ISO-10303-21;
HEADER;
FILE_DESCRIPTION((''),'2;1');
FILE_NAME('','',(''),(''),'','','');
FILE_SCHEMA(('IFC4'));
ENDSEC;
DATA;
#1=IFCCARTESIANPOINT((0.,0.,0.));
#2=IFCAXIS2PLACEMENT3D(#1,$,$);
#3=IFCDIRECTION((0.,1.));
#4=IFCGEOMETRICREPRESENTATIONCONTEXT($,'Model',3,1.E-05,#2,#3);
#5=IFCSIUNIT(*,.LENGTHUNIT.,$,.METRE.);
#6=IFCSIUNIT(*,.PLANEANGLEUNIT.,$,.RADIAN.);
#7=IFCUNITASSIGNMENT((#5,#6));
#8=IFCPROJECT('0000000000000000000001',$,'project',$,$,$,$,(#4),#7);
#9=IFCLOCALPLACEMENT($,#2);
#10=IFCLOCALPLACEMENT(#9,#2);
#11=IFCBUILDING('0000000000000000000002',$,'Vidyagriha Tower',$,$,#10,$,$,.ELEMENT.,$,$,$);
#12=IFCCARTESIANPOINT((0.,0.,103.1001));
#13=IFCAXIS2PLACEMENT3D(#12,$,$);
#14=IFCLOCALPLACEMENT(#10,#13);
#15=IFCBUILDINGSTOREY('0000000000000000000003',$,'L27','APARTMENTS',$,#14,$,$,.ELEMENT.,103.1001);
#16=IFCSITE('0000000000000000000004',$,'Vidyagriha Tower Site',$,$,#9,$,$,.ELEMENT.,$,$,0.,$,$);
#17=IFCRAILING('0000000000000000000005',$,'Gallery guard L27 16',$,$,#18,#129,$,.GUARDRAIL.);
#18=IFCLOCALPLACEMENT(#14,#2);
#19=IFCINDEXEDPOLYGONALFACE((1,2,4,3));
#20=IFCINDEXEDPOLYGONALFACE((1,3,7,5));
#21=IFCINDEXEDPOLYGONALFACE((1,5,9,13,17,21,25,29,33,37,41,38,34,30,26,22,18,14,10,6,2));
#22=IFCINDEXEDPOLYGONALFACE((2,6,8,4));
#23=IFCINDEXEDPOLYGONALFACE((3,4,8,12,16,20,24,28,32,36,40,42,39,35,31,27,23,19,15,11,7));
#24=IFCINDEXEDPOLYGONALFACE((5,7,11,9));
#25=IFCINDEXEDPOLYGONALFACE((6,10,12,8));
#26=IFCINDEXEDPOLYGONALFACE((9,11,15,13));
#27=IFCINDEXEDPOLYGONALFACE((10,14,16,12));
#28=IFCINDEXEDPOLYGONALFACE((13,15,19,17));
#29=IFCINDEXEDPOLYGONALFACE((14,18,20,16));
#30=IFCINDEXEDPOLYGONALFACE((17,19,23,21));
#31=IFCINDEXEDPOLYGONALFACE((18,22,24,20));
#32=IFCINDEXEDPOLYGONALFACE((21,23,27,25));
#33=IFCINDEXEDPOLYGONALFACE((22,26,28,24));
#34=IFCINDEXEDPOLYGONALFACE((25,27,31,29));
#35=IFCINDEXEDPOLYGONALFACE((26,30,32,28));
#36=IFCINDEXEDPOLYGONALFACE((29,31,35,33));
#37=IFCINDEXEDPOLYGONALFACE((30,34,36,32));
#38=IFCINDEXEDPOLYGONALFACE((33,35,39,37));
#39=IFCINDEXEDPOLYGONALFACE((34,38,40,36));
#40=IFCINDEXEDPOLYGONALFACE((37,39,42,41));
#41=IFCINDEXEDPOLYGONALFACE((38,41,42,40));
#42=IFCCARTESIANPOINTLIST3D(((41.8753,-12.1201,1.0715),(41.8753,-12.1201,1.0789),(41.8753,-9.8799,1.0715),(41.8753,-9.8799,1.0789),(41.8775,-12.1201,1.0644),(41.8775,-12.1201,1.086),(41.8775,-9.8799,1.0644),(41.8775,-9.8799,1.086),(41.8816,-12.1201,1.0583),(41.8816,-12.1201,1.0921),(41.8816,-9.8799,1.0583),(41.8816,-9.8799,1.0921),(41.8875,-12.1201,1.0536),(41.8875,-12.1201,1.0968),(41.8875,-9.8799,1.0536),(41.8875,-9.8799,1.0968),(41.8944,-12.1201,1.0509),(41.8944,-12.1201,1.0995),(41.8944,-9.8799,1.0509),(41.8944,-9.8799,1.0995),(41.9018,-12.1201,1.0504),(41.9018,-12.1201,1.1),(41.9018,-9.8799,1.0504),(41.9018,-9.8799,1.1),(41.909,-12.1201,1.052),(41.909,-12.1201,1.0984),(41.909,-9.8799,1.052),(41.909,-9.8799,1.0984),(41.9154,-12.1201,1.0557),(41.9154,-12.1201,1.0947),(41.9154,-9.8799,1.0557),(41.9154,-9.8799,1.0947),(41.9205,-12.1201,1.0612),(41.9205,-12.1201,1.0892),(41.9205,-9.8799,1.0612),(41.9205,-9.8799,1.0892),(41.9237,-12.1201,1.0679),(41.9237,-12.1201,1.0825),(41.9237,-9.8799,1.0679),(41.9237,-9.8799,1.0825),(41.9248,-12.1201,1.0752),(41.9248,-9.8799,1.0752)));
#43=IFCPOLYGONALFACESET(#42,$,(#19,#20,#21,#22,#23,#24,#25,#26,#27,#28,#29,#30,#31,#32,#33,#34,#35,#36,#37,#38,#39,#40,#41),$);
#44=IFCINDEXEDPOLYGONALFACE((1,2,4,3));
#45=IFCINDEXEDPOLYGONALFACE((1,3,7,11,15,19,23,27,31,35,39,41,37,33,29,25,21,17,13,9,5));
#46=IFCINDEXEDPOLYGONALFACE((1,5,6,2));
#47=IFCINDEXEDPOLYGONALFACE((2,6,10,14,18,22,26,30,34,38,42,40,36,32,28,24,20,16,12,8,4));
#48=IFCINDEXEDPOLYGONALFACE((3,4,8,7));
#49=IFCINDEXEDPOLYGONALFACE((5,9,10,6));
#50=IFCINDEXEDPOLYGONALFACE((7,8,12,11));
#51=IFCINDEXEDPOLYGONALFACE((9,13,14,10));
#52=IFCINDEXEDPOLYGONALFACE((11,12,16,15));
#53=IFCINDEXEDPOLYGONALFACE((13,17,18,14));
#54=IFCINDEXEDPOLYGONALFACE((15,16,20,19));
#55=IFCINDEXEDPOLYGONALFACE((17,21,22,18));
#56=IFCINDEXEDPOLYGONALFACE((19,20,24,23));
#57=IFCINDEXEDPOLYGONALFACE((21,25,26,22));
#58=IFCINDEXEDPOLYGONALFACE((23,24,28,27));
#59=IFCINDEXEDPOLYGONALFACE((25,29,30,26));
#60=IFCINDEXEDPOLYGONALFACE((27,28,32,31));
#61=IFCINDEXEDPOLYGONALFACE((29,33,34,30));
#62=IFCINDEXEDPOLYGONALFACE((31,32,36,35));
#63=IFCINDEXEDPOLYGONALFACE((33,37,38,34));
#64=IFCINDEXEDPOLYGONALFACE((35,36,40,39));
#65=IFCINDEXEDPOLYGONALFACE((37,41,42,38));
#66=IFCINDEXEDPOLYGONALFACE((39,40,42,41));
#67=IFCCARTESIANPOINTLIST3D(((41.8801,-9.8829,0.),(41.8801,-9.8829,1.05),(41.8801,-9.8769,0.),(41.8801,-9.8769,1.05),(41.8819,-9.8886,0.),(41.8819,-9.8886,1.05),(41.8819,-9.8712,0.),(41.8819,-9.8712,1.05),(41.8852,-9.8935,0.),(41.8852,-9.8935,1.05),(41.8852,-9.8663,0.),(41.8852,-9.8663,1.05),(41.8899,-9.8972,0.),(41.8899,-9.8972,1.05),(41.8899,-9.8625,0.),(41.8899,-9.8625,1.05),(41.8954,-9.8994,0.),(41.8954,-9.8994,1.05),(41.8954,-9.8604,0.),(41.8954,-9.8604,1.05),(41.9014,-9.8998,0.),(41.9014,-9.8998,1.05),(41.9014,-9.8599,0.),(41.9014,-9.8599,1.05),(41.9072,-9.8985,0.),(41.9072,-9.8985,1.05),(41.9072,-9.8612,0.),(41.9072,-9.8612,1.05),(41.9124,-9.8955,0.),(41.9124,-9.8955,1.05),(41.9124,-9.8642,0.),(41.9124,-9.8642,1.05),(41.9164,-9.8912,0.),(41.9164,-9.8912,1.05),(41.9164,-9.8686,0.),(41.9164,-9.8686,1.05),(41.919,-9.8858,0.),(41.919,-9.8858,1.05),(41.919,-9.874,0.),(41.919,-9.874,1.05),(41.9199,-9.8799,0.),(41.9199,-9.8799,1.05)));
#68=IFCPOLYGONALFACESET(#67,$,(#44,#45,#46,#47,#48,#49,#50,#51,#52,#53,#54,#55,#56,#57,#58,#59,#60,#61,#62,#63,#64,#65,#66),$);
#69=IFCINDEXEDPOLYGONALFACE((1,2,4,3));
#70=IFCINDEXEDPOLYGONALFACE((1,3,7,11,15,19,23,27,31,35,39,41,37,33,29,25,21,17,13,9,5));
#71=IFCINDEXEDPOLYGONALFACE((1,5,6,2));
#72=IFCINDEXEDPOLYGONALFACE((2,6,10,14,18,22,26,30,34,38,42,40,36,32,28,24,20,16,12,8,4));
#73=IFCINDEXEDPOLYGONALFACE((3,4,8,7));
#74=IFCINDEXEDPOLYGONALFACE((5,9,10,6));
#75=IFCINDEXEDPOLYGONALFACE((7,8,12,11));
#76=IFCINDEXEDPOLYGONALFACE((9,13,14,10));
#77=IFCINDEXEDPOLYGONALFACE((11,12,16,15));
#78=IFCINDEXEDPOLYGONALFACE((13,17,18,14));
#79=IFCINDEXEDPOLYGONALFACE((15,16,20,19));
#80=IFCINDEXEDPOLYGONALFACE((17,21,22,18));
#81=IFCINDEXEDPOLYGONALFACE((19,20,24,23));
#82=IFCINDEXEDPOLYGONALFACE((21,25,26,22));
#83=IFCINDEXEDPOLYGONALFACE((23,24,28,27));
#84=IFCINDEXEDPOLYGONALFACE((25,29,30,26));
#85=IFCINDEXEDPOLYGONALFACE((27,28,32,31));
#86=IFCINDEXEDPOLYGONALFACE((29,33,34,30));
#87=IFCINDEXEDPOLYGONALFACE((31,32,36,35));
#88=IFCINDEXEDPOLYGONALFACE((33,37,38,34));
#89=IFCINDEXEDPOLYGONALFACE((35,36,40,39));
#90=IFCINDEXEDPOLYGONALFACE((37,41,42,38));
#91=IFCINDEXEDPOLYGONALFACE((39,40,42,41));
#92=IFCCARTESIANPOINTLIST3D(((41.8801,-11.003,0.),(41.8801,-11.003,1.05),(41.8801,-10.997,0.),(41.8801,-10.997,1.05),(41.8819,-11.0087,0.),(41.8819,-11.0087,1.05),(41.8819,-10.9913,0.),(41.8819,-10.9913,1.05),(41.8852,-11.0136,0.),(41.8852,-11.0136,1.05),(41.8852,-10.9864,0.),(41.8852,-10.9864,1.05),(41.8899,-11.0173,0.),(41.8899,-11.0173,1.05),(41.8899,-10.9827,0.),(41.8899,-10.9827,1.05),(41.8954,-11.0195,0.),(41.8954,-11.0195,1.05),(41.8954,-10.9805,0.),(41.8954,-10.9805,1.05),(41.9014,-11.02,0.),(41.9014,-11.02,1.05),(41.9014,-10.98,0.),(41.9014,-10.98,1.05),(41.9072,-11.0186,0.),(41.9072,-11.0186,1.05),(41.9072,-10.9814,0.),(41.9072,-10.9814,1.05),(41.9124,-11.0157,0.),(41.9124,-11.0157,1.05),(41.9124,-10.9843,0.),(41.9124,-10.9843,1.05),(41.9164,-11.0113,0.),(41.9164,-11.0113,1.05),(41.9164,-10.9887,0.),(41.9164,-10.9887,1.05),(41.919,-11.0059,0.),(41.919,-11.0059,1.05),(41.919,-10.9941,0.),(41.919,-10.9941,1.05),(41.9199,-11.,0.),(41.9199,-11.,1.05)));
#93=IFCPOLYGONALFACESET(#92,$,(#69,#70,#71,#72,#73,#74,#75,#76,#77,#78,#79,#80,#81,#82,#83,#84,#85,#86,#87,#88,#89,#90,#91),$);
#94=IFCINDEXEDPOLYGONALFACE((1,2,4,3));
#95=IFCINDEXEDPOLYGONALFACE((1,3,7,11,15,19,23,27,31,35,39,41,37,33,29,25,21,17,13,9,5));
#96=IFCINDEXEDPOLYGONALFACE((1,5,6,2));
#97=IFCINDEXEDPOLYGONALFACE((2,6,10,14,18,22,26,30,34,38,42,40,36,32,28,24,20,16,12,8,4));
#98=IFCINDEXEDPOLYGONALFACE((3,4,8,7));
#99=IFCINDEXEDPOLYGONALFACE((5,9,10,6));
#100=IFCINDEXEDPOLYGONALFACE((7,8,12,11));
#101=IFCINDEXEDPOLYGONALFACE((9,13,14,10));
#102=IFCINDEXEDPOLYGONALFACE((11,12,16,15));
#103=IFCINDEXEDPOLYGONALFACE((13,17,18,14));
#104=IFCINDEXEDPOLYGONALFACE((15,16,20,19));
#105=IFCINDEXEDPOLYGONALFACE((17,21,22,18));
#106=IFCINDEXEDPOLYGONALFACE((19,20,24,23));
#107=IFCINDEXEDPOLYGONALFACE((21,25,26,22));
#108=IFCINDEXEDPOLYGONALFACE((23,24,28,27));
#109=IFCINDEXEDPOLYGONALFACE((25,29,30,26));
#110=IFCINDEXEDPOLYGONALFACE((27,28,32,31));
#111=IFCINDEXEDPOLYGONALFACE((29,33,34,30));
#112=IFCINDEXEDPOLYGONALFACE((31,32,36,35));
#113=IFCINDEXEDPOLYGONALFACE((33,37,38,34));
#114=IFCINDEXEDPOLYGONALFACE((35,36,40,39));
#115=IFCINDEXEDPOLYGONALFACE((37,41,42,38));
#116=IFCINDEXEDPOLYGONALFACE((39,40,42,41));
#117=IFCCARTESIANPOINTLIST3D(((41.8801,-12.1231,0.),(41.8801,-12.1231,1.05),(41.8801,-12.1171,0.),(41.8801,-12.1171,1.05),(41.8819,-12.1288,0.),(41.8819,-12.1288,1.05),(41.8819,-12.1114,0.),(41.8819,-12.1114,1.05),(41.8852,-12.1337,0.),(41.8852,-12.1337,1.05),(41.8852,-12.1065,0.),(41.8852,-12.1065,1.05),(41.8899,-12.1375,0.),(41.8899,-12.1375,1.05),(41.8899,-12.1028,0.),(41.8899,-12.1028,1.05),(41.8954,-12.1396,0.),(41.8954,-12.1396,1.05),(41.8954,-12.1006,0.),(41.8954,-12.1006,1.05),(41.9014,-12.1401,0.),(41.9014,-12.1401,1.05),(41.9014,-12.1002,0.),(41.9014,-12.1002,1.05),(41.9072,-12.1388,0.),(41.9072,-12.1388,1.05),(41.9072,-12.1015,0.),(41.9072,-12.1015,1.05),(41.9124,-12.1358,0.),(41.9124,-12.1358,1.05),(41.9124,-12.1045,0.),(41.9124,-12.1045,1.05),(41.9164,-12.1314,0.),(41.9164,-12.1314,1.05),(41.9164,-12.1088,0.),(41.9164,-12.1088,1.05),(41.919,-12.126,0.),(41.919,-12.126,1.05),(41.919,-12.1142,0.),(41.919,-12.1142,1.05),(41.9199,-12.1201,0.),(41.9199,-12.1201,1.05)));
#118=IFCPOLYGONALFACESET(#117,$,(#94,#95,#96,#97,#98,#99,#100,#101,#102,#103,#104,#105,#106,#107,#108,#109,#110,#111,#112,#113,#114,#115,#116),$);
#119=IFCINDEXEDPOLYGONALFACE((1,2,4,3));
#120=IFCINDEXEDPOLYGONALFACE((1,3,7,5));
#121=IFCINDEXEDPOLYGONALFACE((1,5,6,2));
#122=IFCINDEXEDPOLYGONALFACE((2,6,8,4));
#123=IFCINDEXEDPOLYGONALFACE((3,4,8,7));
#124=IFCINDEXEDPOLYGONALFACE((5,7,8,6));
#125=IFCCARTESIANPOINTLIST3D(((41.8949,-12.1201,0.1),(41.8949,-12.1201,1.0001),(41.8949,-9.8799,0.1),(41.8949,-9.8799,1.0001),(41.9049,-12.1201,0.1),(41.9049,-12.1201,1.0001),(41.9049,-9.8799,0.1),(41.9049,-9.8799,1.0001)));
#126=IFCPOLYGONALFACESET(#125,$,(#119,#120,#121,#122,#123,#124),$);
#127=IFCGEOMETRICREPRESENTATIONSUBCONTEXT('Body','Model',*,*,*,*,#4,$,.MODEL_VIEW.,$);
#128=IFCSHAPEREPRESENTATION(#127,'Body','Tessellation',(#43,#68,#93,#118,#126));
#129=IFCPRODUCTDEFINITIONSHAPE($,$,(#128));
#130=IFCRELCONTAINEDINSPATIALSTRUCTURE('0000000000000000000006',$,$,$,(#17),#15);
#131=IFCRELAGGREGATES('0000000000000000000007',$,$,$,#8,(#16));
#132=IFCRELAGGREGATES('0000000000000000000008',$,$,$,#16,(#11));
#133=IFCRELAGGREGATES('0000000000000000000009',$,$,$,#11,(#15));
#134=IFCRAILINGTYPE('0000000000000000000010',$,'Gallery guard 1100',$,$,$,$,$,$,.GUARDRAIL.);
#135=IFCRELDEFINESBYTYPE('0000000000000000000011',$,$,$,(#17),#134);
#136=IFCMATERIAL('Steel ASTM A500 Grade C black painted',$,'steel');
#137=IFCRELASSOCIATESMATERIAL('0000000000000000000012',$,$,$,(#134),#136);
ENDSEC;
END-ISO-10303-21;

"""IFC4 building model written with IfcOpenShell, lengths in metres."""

from ifc_helpers import new_model, si_unit, direction, frame, origin, origin_2d, place, context, subcontext, project, spatial, rectangle, circle, extrude, material, type_object, element, save


model = new_model("IFC4")

# Units and contexts
model_context = context("Model", 3, precision=1e-05, world=origin(), true_north=direction((0.0, 1.0)))
body_context = subcontext(model_context, "Body", "Model", "MODEL_VIEW")
ifc_project = project(units=[si_unit("LENGTHUNIT", "METRE"), si_unit("PLANEANGLEUNIT", "RADIAN")], contexts=[model_context])

# Site, building, storey
site_placement = place(None, origin())
site = spatial("IfcSite", under=ifc_project, at=site_placement, Name="Vidyagriha Tower Site", CompositionType="ELEMENT", RefElevation=0.0)
building_placement = place(site_placement, origin())
building = spatial("IfcBuilding", under=site, at=building_placement, Name="Vidyagriha Tower", CompositionType="ELEMENT")
storey_placement = place(building_placement, frame((0.0, 0.0, 103.1001)))
storey = spatial("IfcBuildingStorey", under=building, at=storey_placement, Name="L27", Description="APARTMENTS", CompositionType="ELEMENT", Elevation=103.1001)

# Railing
ifc_material_1 = material(Name="Steel ASTM A500 Grade C black painted", Category="steel")
railing_type_1 = type_object("IfcRailingType", Name="Gallery guard 1100", PredefinedType="GUARDRAIL", material=ifc_material_1)
railing_1_placement = place(storey_placement, frame((41.8999, -9.8799, 0.0)))
element("IfcRailing", 1, at=railing_1_placement, inside=storey, type_object=railing_type_1, Name="Gallery guard L27 16", PredefinedType="GUARDRAIL", context=body_context, shape_type="SweptSolid", body=[
    extrude(circle(Radius=0.0249, at=origin_2d()), frame((0.0, 0.0, 1.0752), z_axis=(0.0, -1.0, 0.0), x_axis=(1.0, 0.0, 0.0)), (0.0, 0.0, 1.0), 2.2402),
    extrude(circle(Radius=0.02, at=origin_2d()), origin(), (0.0, 0.0, 1.0), 1.05),
    extrude(circle(Radius=0.02, at=origin_2d()), frame((0.0, -1.1201, 0.0)), (0.0, 0.0, 1.0), 1.05),
    extrude(circle(Radius=0.02, at=origin_2d()), frame((0.0, -2.2402, 0.0)), (0.0, 0.0, 1.0), 1.05),
    extrude(rectangle(XDim=0.01, YDim=0.9001, at=origin_2d()), frame((0.0, 0.0, 0.55), z_axis=(0.0, -1.0, 0.0), x_axis=(1.0, 0.0, 0.0)), (0.0, 0.0, 1.0), 2.2402),
])

save(model, "model.ifc")
